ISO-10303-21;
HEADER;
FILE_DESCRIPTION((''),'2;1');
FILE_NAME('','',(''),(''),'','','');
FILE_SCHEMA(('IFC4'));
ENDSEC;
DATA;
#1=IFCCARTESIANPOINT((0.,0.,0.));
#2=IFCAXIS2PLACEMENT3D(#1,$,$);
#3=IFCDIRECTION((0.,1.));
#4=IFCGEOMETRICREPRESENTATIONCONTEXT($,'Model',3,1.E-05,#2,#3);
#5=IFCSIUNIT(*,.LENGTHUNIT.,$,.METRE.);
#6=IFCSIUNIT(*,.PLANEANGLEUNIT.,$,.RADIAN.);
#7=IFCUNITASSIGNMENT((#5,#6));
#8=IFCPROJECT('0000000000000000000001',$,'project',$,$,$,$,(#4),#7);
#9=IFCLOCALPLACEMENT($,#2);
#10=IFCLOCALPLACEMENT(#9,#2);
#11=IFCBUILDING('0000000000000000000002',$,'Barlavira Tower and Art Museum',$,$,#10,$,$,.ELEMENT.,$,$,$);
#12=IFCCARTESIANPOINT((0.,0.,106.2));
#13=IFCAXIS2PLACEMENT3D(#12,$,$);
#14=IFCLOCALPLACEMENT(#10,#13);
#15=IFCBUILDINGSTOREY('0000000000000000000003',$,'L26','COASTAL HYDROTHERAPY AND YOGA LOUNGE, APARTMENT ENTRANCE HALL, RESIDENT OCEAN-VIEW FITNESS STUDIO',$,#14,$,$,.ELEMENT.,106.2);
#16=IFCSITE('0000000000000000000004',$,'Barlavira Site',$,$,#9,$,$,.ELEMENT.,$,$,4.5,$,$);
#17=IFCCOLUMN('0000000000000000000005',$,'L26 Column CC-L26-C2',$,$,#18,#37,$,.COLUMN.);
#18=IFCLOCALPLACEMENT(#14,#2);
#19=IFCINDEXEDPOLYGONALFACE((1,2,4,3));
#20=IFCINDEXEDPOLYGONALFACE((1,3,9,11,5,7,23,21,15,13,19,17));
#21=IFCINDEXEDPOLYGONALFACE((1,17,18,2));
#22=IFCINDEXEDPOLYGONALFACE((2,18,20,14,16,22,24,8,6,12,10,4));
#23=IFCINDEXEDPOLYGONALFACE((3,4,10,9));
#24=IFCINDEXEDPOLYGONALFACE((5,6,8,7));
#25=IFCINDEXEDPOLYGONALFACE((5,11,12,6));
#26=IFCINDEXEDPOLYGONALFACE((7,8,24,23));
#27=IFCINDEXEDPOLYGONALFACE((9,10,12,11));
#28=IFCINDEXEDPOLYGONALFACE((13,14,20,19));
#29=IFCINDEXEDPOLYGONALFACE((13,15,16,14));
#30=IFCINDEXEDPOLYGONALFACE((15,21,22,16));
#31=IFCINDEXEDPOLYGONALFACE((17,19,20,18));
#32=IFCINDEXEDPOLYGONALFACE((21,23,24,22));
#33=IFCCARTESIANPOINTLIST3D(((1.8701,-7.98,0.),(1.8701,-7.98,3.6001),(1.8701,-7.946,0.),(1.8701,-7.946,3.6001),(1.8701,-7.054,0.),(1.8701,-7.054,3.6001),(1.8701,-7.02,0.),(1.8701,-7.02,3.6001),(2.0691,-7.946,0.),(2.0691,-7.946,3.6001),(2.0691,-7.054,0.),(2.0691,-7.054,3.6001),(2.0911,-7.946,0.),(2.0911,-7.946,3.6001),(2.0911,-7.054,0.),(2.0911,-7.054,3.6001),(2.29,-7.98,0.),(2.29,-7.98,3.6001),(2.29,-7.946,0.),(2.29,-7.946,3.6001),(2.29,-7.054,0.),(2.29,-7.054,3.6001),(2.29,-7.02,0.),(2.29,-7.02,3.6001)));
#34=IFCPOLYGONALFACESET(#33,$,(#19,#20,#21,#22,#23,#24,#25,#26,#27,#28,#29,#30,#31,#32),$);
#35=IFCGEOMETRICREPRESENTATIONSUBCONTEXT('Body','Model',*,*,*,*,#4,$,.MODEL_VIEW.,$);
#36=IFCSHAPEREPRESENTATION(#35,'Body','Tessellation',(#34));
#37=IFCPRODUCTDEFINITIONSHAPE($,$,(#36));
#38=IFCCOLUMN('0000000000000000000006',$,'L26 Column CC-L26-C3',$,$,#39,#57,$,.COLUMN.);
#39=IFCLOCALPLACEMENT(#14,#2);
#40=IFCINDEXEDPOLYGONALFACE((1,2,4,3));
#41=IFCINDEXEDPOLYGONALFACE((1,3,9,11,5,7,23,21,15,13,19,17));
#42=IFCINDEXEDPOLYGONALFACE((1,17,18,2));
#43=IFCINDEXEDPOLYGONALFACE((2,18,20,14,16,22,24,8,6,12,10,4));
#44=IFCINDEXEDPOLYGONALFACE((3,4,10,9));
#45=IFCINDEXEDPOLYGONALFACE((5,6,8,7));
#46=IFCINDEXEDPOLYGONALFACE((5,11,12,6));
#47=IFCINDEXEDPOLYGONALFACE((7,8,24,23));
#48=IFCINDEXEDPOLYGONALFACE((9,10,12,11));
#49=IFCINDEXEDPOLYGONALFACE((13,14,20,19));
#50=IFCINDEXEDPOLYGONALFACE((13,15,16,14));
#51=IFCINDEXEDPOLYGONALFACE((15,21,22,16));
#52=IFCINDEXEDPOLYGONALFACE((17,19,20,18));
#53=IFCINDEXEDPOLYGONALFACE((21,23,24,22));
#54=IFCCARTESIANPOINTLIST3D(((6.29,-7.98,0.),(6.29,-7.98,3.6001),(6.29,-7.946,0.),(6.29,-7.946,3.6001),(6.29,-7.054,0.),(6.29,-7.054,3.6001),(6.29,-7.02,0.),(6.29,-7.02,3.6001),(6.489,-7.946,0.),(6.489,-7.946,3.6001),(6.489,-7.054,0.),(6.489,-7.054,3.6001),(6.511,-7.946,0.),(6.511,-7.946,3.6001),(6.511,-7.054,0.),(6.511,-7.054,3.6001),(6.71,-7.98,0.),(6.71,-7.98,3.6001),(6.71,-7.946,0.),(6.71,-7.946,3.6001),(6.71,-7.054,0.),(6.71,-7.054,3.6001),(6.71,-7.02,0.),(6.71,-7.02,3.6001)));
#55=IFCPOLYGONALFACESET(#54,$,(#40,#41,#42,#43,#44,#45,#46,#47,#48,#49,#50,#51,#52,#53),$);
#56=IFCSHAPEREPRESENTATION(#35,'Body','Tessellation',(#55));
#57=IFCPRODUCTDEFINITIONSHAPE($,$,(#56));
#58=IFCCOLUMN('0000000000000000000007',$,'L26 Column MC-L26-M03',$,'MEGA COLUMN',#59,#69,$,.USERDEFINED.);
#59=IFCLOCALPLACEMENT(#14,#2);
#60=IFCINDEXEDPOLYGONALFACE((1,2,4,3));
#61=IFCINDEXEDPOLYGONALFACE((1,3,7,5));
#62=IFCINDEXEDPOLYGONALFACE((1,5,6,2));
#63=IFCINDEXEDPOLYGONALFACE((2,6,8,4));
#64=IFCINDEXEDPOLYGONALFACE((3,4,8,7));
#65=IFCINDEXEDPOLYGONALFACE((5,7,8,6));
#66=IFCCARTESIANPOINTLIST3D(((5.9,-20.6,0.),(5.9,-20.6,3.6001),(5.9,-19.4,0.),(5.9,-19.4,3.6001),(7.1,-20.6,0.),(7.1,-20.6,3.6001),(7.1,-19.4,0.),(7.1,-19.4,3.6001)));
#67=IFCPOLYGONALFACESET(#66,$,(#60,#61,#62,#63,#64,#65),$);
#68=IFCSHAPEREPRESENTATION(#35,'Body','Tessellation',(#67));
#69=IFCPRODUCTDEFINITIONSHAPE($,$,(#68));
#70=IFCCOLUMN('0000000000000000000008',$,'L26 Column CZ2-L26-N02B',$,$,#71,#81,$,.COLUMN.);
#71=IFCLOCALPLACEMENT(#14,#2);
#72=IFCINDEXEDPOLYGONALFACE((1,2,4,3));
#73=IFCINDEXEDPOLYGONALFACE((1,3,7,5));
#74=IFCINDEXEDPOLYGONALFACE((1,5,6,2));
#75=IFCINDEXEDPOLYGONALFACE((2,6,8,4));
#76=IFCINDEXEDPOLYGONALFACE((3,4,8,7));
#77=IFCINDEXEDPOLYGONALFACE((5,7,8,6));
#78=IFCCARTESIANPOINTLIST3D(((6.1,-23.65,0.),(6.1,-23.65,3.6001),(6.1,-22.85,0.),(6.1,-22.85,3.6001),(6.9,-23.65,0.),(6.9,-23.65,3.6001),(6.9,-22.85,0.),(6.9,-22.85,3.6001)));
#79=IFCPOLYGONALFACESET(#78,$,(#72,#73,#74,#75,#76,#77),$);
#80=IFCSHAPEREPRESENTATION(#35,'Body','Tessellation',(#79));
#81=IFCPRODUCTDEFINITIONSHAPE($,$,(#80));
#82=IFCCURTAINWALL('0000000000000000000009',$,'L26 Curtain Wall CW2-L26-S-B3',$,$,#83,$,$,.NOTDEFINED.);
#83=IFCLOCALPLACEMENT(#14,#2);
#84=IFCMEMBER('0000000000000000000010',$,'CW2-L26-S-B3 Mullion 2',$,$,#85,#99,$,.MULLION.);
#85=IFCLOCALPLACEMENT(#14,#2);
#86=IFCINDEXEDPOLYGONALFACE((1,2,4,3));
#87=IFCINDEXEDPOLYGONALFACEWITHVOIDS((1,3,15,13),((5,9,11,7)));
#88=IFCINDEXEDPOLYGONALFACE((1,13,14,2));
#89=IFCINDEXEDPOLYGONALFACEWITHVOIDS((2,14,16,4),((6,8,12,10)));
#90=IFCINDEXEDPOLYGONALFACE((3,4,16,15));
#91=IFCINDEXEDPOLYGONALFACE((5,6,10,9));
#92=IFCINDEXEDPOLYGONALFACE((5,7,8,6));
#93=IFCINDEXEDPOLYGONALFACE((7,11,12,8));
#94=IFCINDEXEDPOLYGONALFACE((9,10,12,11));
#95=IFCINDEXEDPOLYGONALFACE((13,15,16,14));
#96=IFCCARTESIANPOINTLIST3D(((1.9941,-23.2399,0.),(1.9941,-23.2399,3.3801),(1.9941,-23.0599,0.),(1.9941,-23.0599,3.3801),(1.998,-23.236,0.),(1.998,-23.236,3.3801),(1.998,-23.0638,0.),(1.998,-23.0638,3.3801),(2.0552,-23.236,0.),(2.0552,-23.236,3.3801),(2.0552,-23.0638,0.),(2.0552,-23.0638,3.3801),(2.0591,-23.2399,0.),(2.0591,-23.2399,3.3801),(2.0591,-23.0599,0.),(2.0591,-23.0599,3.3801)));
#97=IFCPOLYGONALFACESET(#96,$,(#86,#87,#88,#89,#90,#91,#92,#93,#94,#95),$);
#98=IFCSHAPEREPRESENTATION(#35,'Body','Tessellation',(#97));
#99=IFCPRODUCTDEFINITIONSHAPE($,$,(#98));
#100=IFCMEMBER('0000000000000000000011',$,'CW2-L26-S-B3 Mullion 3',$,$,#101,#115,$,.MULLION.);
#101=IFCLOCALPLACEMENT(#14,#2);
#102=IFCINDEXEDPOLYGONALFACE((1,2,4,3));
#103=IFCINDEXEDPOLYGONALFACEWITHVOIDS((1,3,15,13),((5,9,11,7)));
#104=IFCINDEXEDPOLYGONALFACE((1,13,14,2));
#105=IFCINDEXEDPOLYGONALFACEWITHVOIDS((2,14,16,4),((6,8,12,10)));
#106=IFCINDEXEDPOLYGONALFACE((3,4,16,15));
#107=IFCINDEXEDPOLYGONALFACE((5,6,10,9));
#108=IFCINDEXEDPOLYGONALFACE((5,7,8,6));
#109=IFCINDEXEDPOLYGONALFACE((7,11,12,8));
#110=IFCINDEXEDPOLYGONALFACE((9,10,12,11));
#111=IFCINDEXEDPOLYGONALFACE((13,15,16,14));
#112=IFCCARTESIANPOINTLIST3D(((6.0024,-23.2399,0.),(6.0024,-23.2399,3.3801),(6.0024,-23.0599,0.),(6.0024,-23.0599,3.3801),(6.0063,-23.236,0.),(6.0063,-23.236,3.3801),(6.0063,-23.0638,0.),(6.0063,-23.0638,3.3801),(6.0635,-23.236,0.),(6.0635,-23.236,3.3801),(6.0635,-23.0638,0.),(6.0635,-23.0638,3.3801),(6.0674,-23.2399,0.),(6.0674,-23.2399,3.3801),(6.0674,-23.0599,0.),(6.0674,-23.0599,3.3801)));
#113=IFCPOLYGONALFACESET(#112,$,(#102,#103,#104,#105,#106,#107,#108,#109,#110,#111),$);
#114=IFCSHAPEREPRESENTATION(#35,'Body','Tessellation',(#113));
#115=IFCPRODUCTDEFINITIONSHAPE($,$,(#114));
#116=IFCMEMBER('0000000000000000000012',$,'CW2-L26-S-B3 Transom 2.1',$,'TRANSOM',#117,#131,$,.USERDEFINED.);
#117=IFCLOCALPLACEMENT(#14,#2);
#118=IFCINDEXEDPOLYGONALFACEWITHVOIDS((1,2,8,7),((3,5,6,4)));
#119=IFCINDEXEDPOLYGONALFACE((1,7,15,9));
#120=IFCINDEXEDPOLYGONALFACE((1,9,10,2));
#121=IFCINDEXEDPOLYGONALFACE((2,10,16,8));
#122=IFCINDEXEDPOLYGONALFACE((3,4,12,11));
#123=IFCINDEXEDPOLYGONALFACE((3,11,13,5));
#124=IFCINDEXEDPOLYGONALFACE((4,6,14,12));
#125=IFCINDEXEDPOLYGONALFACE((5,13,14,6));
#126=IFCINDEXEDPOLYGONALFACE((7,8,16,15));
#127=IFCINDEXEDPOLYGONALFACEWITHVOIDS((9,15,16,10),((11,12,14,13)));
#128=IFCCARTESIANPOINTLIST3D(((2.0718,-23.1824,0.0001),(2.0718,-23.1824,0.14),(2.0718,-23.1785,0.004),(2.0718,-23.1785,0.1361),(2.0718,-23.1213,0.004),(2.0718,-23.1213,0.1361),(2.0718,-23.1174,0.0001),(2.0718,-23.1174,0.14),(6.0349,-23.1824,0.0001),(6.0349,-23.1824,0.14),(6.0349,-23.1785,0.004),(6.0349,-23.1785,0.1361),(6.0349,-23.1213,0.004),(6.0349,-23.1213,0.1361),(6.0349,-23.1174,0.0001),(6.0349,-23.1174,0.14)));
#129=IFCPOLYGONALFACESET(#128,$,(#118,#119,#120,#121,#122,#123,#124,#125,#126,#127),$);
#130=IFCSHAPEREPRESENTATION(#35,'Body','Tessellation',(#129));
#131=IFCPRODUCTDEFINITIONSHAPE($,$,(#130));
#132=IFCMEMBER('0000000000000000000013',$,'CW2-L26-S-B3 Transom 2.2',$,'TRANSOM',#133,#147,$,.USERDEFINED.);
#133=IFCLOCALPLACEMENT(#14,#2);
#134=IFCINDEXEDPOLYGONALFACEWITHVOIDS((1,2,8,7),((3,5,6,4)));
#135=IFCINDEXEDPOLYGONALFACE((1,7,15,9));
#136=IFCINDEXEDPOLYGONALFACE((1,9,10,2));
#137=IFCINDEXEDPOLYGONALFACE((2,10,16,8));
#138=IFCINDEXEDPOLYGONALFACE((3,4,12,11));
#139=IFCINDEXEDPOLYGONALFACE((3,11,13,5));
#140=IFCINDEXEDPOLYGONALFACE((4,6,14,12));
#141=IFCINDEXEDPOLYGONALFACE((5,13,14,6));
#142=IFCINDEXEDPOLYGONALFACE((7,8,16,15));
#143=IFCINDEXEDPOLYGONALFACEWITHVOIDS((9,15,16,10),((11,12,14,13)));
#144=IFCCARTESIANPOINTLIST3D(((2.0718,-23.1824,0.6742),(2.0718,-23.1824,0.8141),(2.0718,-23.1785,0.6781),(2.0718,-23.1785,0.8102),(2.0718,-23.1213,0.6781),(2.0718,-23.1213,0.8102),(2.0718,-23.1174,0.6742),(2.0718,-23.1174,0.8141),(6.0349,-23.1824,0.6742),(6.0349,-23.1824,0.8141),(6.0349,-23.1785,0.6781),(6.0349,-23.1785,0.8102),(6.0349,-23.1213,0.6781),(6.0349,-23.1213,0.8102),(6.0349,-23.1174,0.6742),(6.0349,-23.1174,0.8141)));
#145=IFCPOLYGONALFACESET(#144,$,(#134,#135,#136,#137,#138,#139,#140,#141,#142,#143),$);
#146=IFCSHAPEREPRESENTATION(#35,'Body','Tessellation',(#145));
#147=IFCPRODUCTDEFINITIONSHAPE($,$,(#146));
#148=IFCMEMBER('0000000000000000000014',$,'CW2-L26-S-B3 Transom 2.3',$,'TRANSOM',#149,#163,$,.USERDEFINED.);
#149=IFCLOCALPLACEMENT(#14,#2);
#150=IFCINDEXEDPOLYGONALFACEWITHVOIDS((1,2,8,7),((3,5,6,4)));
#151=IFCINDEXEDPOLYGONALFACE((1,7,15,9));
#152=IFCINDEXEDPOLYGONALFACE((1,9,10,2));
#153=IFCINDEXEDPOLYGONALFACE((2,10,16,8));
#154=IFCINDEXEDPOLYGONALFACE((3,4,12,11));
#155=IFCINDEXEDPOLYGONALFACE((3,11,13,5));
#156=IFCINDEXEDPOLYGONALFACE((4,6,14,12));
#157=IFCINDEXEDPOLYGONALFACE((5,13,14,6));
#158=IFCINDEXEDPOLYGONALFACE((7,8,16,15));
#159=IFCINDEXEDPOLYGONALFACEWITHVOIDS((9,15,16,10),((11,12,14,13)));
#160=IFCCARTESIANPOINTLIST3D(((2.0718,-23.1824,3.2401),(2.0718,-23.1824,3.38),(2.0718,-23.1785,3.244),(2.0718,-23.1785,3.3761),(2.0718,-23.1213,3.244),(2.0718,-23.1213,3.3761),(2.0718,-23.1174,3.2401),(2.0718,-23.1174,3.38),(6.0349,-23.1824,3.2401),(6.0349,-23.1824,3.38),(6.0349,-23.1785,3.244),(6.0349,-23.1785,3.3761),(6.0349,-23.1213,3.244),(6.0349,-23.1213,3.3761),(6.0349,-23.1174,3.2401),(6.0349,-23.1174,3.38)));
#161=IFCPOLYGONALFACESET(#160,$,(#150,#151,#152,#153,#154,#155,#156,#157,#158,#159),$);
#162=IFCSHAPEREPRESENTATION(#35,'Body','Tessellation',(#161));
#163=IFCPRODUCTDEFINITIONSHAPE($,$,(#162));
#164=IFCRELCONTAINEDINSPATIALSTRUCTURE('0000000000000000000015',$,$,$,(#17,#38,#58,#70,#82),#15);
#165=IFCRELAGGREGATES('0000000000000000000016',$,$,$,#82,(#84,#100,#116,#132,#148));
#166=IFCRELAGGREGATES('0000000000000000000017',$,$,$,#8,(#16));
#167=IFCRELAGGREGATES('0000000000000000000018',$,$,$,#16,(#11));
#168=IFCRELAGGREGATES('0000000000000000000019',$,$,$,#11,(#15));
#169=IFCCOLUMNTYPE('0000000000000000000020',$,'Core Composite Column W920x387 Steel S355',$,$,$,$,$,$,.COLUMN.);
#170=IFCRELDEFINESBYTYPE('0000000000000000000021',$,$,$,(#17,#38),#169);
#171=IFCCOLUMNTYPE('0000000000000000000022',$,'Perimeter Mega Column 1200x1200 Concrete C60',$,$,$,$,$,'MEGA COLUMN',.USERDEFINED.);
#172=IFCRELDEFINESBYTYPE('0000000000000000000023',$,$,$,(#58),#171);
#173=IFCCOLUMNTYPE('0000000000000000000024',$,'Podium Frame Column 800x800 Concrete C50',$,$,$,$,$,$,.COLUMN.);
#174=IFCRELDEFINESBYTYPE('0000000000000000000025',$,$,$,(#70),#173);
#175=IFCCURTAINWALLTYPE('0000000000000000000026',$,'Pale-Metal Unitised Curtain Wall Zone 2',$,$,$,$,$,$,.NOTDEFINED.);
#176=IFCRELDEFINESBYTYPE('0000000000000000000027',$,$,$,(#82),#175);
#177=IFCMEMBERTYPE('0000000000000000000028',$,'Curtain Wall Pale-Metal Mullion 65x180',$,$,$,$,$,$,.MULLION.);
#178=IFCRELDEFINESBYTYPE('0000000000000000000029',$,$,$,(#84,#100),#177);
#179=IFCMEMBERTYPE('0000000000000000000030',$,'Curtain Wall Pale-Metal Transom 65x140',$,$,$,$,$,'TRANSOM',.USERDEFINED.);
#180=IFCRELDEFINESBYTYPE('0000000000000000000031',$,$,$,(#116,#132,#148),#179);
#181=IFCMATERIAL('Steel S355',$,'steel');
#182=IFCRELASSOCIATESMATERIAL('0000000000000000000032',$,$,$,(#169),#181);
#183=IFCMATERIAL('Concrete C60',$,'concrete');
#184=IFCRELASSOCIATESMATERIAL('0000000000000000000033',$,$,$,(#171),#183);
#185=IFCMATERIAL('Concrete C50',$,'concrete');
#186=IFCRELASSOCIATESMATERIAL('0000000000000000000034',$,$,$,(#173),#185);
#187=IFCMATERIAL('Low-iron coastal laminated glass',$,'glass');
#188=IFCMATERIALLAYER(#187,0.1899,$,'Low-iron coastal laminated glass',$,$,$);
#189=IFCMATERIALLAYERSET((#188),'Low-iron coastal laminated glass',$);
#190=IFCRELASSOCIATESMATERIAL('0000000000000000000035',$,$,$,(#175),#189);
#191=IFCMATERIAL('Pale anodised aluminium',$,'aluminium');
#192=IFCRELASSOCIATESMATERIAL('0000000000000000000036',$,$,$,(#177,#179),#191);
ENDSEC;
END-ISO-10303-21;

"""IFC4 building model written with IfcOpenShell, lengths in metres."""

from ifc_helpers import new_model, si_unit, direction, frame, origin, origin_2d, place, context, subcontext, project, spatial, rectangle, hollow_rectangle, i_section, extrude, material, layer, layer_set, material_profile, profile_set, type_object, element, aggregate, save


model = new_model("IFC4")

# Units and contexts
model_context = context("Model", 3, precision=1e-05, world=origin(), true_north=direction((0.0, 1.0)))
body_context = subcontext(model_context, "Body", "Model", "MODEL_VIEW")
ifc_project = project(units=[si_unit("LENGTHUNIT", "METRE"), si_unit("PLANEANGLEUNIT", "RADIAN")], contexts=[model_context])

# Site, building, storey
site_placement = place(None, origin())
site = spatial("IfcSite", under=ifc_project, at=site_placement, Name="Barlavira Site", CompositionType="ELEMENT", RefElevation=4.5)
building_placement = place(site_placement, origin())
building = spatial("IfcBuilding", under=site, at=building_placement, Name="Barlavira Tower and Art Museum", CompositionType="ELEMENT")
storey_placement = place(building_placement, frame((0.0, 0.0, 106.2)))
storey = spatial("IfcBuildingStorey", under=building, at=storey_placement, Name="L26", Description="COASTAL HYDROTHERAPY AND YOGA LOUNGE, APARTMENT ENTRANCE HALL, RESIDENT OCEAN-VIEW FITNESS STUDIO", CompositionType="ELEMENT", Elevation=106.2)

# Columns
ifc_material_1 = material(Name="Steel S355", Category="steel")
ifc_material_profile_1 = material_profile(ifc_material_1, i_section(OverallWidth=0.4199, OverallDepth=0.96, WebThickness=0.022, FlangeThickness=0.0339, at=origin_2d()), Name="W920x387.0")
ifc_profile_set_1 = profile_set([ifc_material_profile_1], Name="Steel S355")
column_type_1 = type_object("IfcColumnType", Name="Core Composite Column W920x387 Steel S355", PredefinedType="COLUMN", material=ifc_profile_set_1)
for number, where, z_axis, x_axis, name in (
    (1, (2.0801, -7.5, 0.0), (0.0, 0.0, 1.0), (1.0, 0.0, 0.0), "L26 Column CC-L26-C2"),
    (2, (6.5, -7.5, 0.0), (0.0, 0.0, 1.0), (1.0, 0.0, 0.0), "L26 Column CC-L26-C3"),
):
    element("IfcColumn", number, at=place(storey_placement, frame(where, z_axis=z_axis, x_axis=x_axis)), inside=storey, type_object=column_type_1, Name=name, PredefinedType="COLUMN", context=body_context, shape_type="SweptSolid", body=[
        extrude(i_section(OverallWidth=0.4199, OverallDepth=0.96, WebThickness=0.022, FlangeThickness=0.0339, at=origin_2d()), origin(), (0.0, 0.0, 1.0), 3.6001),
    ])
ifc_material_2 = material(Name="Concrete C60", Category="concrete")
ifc_material_profile_2 = material_profile(ifc_material_2, rectangle(XDim=1.2, YDim=1.2, at=origin_2d()), Name="RC-COL 1200x1200")
ifc_profile_set_2 = profile_set([ifc_material_profile_2], Name="Concrete C60")
column_type_2 = type_object("IfcColumnType", Name="Perimeter Mega Column 1200x1200 Concrete C60", ElementType="MEGA COLUMN", PredefinedType="USERDEFINED", material=ifc_profile_set_2)
column_1_placement = place(storey_placement, frame((6.5, -20.0, 0.0), z_axis=(0.0, 0.0, 1.0), x_axis=(1.0, 0.0, 0.0)))
element("IfcColumn", 3, at=column_1_placement, inside=storey, type_object=column_type_2, Name="L26 Column MC-L26-M03", ObjectType="MEGA COLUMN", PredefinedType="USERDEFINED", context=body_context, shape_type="SweptSolid", body=[
    extrude(rectangle(XDim=1.2, YDim=1.2, at=origin_2d()), origin(), (0.0, 0.0, 1.0), 3.6001),
])
ifc_material_3 = material(Name="Concrete C50", Category="concrete")
ifc_material_profile_3 = material_profile(ifc_material_3, rectangle(XDim=0.8, YDim=0.8, at=origin_2d()), Name="RC-COL 800x800")
ifc_profile_set_3 = profile_set([ifc_material_profile_3], Name="Concrete C50")
column_type_3 = type_object("IfcColumnType", Name="Podium Frame Column 800x800 Concrete C50", PredefinedType="COLUMN", material=ifc_profile_set_3)
column_2_placement = place(storey_placement, frame((6.5, -23.25, 0.0), z_axis=(0.0, 0.0, 1.0), x_axis=(1.0, 0.0, 0.0)))
element("IfcColumn", 4, at=column_2_placement, inside=storey, type_object=column_type_3, Name="L26 Column CZ2-L26-N02B", PredefinedType="COLUMN", context=body_context, shape_type="SweptSolid", body=[
    extrude(rectangle(XDim=0.8, YDim=0.8, at=origin_2d()), origin(), (0.0, 0.0, 1.0), 3.6001),
])

# Curtain wall, members
ifc_material_4 = material(Name="Low-iron coastal laminated glass", Category="glass")
ifc_layer_1 = layer(ifc_material_4, 0.1899, Name="Low-iron coastal laminated glass")
ifc_layer_set_1 = layer_set([ifc_layer_1], Name="Low-iron coastal laminated glass")
curtain_wall_type = type_object("IfcCurtainWallType", Name="Pale-Metal Unitised Curtain Wall Zone 2", PredefinedType="NOTDEFINED", material=ifc_layer_set_1)
curtain_wall_placement = place(storey_placement, origin())
curtain_wall = element("IfcCurtainWall", 5, at=curtain_wall_placement, inside=storey, type_object=curtain_wall_type, Name="L26 Curtain Wall CW2-L26-S-B3", PredefinedType="NOTDEFINED")
ifc_material_5 = material(Name="Pale anodised aluminium", Category="aluminium")
ifc_material_profile_4 = material_profile(ifc_material_5, hollow_rectangle(XDim=0.0649, YDim=0.1799, WallThickness=0.0039, at=origin_2d()), Name="ALU-MULL 65x180x4")
ifc_profile_set_4 = profile_set([ifc_material_profile_4], Name="Pale anodised aluminium")
member_type_1 = type_object("IfcMemberType", Name="Curtain Wall Pale-Metal Mullion 65x180", PredefinedType="MULLION", material=ifc_profile_set_4)
member_1_placement = place(storey_placement, frame((2.0266, -23.1499, 0.0), z_axis=(0.0, 0.0, 1.0), x_axis=(1.0, 0.0, 0.0)))
member_1 = element("IfcMember", 6, at=member_1_placement, type_object=member_type_1, Name="CW2-L26-S-B3 Mullion 2", PredefinedType="MULLION", context=body_context, shape_type="SweptSolid", body=[
    extrude(hollow_rectangle(XDim=0.0649, YDim=0.1799, WallThickness=0.0039, at=origin_2d()), origin(), (0.0, 0.0, 1.0), 3.3801),
])
member_2_placement = place(storey_placement, frame((6.0349, -23.1499, 0.0), z_axis=(0.0, 0.0, 1.0), x_axis=(1.0, 0.0, 0.0)))
member_2 = element("IfcMember", 7, at=member_2_placement, type_object=member_type_1, Name="CW2-L26-S-B3 Mullion 3", PredefinedType="MULLION", context=body_context, shape_type="SweptSolid", body=[
    extrude(hollow_rectangle(XDim=0.0649, YDim=0.1799, WallThickness=0.0039, at=origin_2d()), origin(), (0.0, 0.0, 1.0), 3.3801),
])
ifc_material_profile_5 = material_profile(ifc_material_5, hollow_rectangle(XDim=0.0649, YDim=0.1399, WallThickness=0.0039, at=origin_2d()), Name="ALU-TRAN 65x140x4")
ifc_profile_set_5 = profile_set([ifc_material_profile_5], Name="Pale anodised aluminium")
member_type_2 = type_object("IfcMemberType", Name="Curtain Wall Pale-Metal Transom 65x140", ElementType="TRANSOM", PredefinedType="USERDEFINED", material=ifc_profile_set_5)
member_3_placement = place(storey_placement, frame((2.0718, -23.1499, 0.0701), z_axis=(1.0, 0.0, 0.0), x_axis=(0.0, 1.0, 0.0)))
member_3 = element("IfcMember", 8, at=member_3_placement, type_object=member_type_2, Name="CW2-L26-S-B3 Transom 2.1", ObjectType="TRANSOM", PredefinedType="USERDEFINED", context=body_context, shape_type="SweptSolid", body=[
    extrude(hollow_rectangle(XDim=0.0649, YDim=0.1399, WallThickness=0.0039, at=origin_2d()), origin(), (0.0, 0.0, 1.0), 3.9631),
])
member_4_placement = place(storey_placement, frame((2.0718, -23.1499, 0.7441), z_axis=(1.0, 0.0, 0.0), x_axis=(0.0, 1.0, 0.0)))
member_4 = element("IfcMember", 9, at=member_4_placement, type_object=member_type_2, Name="CW2-L26-S-B3 Transom 2.2", ObjectType="TRANSOM", PredefinedType="USERDEFINED", context=body_context, shape_type="SweptSolid", body=[
    extrude(hollow_rectangle(XDim=0.0649, YDim=0.1399, WallThickness=0.0039, at=origin_2d()), origin(), (0.0, 0.0, 1.0), 3.9631),
])
member_5_placement = place(storey_placement, frame((2.0718, -23.1499, 3.3101), z_axis=(1.0, 0.0, 0.0), x_axis=(0.0, 1.0, 0.0)))
member_5 = element("IfcMember", 10, at=member_5_placement, type_object=member_type_2, Name="CW2-L26-S-B3 Transom 2.3", ObjectType="TRANSOM", PredefinedType="USERDEFINED", context=body_context, shape_type="SweptSolid", body=[
    extrude(hollow_rectangle(XDim=0.0649, YDim=0.1399, WallThickness=0.0039, at=origin_2d()), origin(), (0.0, 0.0, 1.0), 3.9631),
])

aggregate(curtain_wall, [member_1, member_2, member_3, member_4, member_5])

save(model, "model.ifc")
